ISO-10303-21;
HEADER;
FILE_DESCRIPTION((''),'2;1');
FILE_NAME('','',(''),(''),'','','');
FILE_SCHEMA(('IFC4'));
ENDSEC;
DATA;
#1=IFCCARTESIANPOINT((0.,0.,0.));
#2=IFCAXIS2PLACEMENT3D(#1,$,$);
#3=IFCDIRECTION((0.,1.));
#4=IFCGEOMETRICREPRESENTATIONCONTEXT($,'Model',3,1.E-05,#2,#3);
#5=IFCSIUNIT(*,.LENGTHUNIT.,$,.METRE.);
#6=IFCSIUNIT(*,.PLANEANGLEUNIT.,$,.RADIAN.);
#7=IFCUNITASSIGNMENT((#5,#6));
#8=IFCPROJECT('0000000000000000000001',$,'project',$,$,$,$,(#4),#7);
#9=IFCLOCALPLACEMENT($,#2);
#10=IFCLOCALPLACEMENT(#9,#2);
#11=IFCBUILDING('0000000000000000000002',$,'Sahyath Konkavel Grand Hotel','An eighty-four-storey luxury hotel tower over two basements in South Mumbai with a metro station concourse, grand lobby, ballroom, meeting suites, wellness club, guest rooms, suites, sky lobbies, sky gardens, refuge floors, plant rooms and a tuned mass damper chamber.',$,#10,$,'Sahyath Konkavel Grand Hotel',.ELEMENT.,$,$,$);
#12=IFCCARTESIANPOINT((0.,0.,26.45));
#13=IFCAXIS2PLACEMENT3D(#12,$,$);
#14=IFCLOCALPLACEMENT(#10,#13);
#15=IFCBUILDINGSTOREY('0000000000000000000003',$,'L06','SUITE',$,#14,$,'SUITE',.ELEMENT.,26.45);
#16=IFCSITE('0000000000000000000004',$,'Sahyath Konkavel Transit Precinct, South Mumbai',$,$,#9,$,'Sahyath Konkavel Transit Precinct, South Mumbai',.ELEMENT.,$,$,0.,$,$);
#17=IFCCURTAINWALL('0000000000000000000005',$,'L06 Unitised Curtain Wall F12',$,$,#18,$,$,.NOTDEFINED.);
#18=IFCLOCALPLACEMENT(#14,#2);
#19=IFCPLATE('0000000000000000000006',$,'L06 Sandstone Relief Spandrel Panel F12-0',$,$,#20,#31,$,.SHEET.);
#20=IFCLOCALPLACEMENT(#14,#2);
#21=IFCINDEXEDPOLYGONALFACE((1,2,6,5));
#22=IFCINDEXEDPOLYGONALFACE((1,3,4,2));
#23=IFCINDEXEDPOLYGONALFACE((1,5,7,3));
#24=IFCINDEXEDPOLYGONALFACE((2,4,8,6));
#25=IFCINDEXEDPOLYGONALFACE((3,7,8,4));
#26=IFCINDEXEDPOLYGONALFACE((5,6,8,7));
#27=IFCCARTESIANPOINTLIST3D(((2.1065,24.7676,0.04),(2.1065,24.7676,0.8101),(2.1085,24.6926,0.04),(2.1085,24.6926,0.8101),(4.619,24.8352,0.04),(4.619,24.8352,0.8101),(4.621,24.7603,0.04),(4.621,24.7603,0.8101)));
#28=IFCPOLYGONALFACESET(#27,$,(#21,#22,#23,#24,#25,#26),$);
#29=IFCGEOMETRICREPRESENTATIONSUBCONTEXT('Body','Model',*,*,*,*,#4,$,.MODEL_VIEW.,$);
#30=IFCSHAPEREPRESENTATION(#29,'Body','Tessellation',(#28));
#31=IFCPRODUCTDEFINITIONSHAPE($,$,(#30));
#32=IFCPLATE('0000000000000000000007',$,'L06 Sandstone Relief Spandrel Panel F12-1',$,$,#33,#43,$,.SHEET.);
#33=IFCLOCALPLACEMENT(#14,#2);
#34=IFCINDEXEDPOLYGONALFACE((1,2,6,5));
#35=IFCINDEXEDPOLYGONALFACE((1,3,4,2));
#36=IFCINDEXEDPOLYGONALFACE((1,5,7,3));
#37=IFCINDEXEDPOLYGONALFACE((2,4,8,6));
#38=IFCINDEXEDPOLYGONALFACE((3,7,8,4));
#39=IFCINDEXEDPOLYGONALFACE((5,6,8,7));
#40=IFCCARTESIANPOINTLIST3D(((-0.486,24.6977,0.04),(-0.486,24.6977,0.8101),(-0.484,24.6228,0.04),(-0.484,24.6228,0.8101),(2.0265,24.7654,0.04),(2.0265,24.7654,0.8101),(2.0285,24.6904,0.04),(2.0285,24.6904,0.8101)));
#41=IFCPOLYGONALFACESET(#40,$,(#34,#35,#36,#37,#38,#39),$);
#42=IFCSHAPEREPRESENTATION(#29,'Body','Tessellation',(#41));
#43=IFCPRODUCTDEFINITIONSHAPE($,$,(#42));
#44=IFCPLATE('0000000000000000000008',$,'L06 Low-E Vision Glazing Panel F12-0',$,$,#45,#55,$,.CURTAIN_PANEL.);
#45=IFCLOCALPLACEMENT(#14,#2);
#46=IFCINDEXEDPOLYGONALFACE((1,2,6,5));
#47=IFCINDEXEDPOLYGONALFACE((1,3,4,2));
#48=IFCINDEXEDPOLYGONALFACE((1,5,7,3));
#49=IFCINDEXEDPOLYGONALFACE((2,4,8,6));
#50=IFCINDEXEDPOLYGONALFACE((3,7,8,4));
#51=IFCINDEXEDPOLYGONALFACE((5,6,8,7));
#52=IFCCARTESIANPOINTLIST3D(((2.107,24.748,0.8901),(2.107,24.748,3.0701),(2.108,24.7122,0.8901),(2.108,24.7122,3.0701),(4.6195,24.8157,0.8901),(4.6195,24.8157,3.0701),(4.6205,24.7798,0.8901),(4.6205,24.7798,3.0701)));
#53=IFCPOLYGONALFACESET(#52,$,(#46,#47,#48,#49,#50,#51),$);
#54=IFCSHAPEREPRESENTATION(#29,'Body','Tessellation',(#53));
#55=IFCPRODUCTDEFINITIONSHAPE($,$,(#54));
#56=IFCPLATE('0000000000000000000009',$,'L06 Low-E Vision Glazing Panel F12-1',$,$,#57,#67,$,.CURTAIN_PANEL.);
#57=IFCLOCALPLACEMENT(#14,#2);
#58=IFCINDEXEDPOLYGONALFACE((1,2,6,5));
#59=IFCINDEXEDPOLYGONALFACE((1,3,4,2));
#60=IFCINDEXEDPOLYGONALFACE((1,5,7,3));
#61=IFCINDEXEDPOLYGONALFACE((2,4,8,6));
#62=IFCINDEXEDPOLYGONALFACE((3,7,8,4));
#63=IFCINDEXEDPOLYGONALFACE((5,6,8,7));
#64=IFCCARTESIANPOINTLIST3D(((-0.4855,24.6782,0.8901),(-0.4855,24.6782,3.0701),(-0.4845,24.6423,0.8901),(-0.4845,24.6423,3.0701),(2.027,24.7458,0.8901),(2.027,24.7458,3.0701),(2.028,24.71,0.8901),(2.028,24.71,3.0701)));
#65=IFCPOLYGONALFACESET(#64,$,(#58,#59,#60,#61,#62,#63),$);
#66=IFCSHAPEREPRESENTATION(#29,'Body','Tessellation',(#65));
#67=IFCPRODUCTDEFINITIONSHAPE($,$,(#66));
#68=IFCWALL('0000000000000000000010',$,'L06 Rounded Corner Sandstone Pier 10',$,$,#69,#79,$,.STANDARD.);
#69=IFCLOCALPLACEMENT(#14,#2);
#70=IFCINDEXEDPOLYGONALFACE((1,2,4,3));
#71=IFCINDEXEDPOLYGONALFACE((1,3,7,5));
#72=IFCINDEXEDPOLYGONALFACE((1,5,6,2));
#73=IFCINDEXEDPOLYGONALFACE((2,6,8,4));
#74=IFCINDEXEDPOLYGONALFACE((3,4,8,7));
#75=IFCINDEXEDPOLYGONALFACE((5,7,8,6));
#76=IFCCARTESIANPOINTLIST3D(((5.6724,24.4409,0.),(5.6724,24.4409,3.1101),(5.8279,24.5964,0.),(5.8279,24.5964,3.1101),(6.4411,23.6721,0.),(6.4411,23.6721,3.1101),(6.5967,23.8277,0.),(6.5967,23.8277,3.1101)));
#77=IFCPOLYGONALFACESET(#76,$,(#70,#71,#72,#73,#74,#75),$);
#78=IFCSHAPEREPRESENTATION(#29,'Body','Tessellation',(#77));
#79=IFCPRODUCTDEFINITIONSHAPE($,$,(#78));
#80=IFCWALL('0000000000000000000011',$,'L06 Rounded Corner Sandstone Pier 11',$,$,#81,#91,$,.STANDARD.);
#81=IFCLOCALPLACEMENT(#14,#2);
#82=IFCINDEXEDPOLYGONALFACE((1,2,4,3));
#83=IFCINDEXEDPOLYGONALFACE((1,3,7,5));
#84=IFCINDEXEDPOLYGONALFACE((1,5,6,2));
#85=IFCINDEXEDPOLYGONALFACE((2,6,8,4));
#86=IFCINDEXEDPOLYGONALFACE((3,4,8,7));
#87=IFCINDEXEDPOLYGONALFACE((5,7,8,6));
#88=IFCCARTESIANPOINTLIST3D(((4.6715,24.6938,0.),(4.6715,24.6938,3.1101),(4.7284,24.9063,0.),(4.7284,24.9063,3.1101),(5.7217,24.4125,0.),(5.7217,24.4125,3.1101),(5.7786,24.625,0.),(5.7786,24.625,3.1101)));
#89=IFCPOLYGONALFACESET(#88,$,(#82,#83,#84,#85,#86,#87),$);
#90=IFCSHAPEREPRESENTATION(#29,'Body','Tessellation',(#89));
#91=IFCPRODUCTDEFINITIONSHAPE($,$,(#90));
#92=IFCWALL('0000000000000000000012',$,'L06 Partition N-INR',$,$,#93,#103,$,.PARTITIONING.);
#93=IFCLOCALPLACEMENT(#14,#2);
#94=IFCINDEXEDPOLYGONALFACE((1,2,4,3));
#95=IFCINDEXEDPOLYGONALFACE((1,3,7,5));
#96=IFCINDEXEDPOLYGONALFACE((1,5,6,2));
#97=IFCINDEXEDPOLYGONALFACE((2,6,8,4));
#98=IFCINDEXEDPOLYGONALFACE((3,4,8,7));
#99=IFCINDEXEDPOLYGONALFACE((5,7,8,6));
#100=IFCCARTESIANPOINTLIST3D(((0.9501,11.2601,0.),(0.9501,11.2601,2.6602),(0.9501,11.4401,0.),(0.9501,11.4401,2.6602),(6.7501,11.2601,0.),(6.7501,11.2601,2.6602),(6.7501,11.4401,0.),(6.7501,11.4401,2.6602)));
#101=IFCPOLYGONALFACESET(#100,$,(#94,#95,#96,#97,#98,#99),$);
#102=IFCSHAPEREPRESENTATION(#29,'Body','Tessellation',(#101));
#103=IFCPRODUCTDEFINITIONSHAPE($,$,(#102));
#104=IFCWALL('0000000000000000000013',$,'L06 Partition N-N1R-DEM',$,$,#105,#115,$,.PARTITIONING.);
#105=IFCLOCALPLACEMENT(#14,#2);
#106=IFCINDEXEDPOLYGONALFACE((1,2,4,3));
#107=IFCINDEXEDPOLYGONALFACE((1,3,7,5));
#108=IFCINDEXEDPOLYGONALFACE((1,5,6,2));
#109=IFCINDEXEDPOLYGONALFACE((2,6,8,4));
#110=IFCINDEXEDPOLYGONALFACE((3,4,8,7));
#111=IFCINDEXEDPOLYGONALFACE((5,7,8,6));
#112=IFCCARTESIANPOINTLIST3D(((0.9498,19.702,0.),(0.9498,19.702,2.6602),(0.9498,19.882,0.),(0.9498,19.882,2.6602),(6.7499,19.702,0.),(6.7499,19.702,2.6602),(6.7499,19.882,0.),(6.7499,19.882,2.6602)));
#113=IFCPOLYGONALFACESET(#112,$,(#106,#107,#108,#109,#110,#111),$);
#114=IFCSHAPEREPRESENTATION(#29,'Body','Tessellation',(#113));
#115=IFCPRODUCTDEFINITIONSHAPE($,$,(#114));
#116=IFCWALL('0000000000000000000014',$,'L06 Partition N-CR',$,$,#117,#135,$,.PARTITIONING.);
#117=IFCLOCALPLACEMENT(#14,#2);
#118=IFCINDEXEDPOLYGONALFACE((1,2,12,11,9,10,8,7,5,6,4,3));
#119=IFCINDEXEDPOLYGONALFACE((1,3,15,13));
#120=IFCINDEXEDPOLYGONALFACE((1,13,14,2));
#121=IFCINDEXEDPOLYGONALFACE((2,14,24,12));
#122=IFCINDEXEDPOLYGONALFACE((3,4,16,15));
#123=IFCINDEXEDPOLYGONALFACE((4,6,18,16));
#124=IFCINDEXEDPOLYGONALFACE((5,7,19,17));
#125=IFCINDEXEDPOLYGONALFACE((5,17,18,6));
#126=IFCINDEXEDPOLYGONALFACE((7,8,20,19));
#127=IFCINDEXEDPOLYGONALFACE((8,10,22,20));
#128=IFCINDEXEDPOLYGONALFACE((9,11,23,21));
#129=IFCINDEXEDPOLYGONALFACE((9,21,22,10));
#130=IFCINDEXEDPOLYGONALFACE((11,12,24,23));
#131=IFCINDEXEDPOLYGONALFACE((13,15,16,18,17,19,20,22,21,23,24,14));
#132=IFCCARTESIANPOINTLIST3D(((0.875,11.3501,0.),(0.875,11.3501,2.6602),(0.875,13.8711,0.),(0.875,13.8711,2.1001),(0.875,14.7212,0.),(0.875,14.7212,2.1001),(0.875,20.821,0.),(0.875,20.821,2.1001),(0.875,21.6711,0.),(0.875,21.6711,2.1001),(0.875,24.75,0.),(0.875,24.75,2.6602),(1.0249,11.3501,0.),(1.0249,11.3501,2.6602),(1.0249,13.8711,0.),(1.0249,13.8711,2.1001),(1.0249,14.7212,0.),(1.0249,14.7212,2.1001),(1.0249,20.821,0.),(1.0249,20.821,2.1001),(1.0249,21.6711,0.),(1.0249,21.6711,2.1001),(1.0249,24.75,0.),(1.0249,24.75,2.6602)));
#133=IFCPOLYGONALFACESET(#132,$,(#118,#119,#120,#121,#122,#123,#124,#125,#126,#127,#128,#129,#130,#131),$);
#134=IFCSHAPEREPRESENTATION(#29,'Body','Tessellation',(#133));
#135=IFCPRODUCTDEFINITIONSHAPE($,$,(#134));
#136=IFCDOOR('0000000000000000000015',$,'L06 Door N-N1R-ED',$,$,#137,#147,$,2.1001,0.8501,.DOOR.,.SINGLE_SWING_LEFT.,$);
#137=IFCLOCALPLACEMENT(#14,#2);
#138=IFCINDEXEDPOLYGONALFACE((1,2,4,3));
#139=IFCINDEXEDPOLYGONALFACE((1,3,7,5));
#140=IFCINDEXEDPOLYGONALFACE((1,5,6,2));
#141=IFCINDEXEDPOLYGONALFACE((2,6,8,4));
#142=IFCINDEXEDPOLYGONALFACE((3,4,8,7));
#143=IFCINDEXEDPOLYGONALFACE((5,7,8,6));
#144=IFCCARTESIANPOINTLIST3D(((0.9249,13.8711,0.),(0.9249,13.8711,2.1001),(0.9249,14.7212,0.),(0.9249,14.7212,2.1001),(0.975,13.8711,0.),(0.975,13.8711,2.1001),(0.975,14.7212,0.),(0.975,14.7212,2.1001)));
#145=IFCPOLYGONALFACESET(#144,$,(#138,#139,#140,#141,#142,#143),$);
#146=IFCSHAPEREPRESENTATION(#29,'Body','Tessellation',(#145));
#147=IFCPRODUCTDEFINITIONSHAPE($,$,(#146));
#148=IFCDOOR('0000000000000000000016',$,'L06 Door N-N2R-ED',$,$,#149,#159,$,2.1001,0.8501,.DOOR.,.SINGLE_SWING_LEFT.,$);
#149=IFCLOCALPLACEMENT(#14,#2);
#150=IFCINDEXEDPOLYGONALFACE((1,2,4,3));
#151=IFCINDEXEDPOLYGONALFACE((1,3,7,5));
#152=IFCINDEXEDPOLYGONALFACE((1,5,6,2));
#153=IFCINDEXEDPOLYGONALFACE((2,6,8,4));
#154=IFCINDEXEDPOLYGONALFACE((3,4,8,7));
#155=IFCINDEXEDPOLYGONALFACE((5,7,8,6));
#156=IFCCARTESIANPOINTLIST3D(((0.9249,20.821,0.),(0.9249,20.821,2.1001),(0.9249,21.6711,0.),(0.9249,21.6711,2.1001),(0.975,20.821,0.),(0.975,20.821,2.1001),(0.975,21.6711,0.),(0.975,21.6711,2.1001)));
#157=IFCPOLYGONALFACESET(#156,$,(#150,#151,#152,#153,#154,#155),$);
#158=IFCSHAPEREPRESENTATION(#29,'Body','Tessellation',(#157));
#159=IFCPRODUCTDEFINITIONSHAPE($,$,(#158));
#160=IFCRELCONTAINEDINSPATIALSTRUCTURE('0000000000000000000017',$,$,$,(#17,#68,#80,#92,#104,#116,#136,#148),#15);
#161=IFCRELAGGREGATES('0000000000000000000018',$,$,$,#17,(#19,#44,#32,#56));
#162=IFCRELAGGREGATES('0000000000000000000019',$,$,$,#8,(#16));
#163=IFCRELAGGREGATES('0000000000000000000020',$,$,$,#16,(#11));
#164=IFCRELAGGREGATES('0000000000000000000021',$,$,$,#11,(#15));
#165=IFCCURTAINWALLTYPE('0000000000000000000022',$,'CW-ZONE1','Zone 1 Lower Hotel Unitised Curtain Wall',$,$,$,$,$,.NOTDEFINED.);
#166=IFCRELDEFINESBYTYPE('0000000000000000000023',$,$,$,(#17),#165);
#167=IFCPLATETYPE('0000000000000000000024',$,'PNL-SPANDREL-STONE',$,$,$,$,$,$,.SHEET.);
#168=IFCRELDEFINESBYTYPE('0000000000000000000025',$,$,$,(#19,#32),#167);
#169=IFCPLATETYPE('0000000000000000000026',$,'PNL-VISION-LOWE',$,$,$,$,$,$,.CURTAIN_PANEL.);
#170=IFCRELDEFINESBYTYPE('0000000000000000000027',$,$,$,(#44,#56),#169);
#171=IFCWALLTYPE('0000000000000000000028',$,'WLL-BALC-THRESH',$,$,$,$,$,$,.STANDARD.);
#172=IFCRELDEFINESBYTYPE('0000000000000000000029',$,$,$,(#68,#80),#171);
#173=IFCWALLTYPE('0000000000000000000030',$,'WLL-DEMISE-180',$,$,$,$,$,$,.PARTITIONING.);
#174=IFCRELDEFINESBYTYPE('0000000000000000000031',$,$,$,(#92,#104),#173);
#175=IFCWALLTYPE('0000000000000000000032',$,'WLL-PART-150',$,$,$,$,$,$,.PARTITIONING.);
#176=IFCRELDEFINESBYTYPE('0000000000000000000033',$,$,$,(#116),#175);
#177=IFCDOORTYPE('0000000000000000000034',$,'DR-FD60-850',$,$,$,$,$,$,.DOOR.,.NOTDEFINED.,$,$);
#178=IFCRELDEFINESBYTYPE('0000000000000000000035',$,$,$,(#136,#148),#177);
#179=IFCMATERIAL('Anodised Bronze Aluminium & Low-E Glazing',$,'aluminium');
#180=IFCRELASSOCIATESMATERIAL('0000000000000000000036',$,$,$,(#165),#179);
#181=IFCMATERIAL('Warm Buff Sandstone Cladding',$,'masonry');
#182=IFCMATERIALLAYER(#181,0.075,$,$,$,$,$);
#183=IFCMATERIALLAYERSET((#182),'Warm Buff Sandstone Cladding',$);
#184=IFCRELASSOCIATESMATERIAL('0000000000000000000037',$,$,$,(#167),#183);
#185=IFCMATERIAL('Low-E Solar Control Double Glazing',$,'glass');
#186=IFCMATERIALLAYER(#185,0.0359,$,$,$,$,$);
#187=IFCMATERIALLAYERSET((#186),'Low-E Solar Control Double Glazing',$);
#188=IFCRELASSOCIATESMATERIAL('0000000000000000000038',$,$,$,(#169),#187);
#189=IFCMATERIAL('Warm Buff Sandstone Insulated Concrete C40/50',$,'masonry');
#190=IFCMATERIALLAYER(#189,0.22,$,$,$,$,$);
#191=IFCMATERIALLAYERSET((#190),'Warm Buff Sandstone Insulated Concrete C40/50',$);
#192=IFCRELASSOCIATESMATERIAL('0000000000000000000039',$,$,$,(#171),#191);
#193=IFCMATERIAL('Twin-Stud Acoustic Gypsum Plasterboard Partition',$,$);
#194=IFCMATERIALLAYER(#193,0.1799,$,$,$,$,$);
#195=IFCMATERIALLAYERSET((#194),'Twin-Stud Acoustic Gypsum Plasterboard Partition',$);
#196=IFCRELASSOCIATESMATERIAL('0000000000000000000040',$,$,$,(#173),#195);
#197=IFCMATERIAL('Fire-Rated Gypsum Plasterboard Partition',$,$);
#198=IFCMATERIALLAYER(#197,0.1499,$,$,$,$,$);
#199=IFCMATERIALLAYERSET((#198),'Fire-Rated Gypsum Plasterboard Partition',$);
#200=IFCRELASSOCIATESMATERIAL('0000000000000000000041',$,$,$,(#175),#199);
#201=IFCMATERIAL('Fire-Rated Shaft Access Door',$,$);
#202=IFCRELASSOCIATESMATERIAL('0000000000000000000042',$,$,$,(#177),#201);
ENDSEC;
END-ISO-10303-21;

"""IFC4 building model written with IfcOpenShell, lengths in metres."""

from ifc_helpers import new_model, si_unit, direction, frame, frame_2d, origin, origin_2d, place, context, subcontext, project, spatial, rectangle, extrude, source, transform, mapped, material, layer, layer_set, type_object, element, fill, aggregate, save


model = new_model("IFC4")

# Units and contexts
model_context = context("Model", 3, precision=1e-05, world=origin(), true_north=direction((0.0, 1.0)))
body_context = subcontext(model_context, "Body", "Model", "MODEL_VIEW")
ifc_project = project(units=[si_unit("LENGTHUNIT", "METRE"), si_unit("PLANEANGLEUNIT", "RADIAN")], contexts=[model_context])

# Site, building, storey
site_placement = place(None, origin())
site = spatial("IfcSite", under=ifc_project, at=site_placement, Name="Sahyath Konkavel Transit Precinct, South Mumbai", LongName="Sahyath Konkavel Transit Precinct, South Mumbai", CompositionType="ELEMENT", RefElevation=0.0)
building_placement = place(site_placement, origin())
building = spatial("IfcBuilding", under=site, at=building_placement, Name="Sahyath Konkavel Grand Hotel", Description="An eighty-four-storey luxury hotel tower over two basements in South Mumbai with a metro station concourse, grand lobby, ballroom, meeting suites, wellness club, guest rooms, suites, sky lobbies, sky gardens, refuge floors, plant rooms and a tuned mass damper chamber.", LongName="Sahyath Konkavel Grand Hotel", CompositionType="ELEMENT")
storey_placement = place(building_placement, frame((0.0, 0.0, 26.45)))
storey = spatial("IfcBuildingStorey", under=building, at=storey_placement, Name="L06", Description="SUITE", LongName="SUITE", CompositionType="ELEMENT", Elevation=26.45)

# Curtain wall, plates
ifc_material_1 = material(Name="Anodised Bronze Aluminium & Low-E Glazing", Category="aluminium")
curtain_wall_type = type_object("IfcCurtainWallType", Name="CW-ZONE1", Description="Zone 1 Lower Hotel Unitised Curtain Wall", PredefinedType="NOTDEFINED", material=ifc_material_1)
curtain_wall_placement = place(storey_placement, origin())
curtain_wall = element("IfcCurtainWall", 1, at=curtain_wall_placement, inside=storey, type_object=curtain_wall_type, Name="L06 Unitised Curtain Wall F12", PredefinedType="NOTDEFINED")
ifc_material_2 = material(Name="Warm Buff Sandstone Cladding", Category="masonry")
ifc_layer_1 = layer(ifc_material_2, 0.075)
ifc_layer_set_1 = layer_set([ifc_layer_1], Name="Warm Buff Sandstone Cladding")
plate_type_1 = type_object("IfcPlateType", Name="PNL-SPANDREL-STONE", PredefinedType="SHEET", material=ifc_layer_set_1)
shared_shape_1 = source(origin(), body_context, "Body", "SweptSolid", [
    extrude(rectangle(XDim=2.5134, YDim=0.075, at=origin_2d()), origin(), (0.0, 0.0, 1.0), 0.77),
])
plate_1_placement = place(storey_placement, frame((3.3638, 24.7639, 0.04), z_axis=(0.0, 0.0, 1.0), x_axis=(-0.999638, -0.02691, 0.0)))
plate_1 = element("IfcPlate", 2, at=plate_1_placement, type_object=plate_type_1, Name="L06 Sandstone Relief Spandrel Panel F12-0", PredefinedType="SHEET", context=body_context, shape_type="MappedRepresentation", body=[
    mapped(shared_shape_1, transform((0.0, 0.0, 0.0), scale=1.0)),
])
plate_2_placement = place(storey_placement, frame((0.7712, 24.6941, 0.04), z_axis=(0.0, 0.0, 1.0), x_axis=(-0.999638, -0.02691, 0.0)))
plate_2 = element("IfcPlate", 3, at=plate_2_placement, type_object=plate_type_1, Name="L06 Sandstone Relief Spandrel Panel F12-1", PredefinedType="SHEET", context=body_context, shape_type="MappedRepresentation", body=[
    mapped(shared_shape_1, transform((0.0, 0.0, 0.0), scale=1.0)),
])
ifc_material_3 = material(Name="Low-E Solar Control Double Glazing", Category="glass")
ifc_layer_2 = layer(ifc_material_3, 0.0359)
ifc_layer_set_2 = layer_set([ifc_layer_2], Name="Low-E Solar Control Double Glazing")
plate_type_2 = type_object("IfcPlateType", Name="PNL-VISION-LOWE", PredefinedType="CURTAIN_PANEL", material=ifc_layer_set_2)
shared_shape_2 = source(origin(), body_context, "Body", "SweptSolid", [
    extrude(rectangle(XDim=2.5134, YDim=0.0359, at=origin_2d()), origin(), (0.0, 0.0, 1.0), 2.1799),
])
plate_3_placement = place(storey_placement, frame((3.3638, 24.7639, 0.8901), z_axis=(0.0, 0.0, 1.0), x_axis=(-0.999638, -0.02691, 0.0)))
plate_3 = element("IfcPlate", 4, at=plate_3_placement, type_object=plate_type_2, Name="L06 Low-E Vision Glazing Panel F12-0", PredefinedType="CURTAIN_PANEL", context=body_context, shape_type="MappedRepresentation", body=[
    mapped(shared_shape_2, transform((0.0, 0.0, 0.0), scale=1.0)),
])
plate_4_placement = place(storey_placement, frame((0.7712, 24.6941, 0.8901), z_axis=(0.0, 0.0, 1.0), x_axis=(-0.999638, -0.02691, 0.0)))
plate_4 = element("IfcPlate", 5, at=plate_4_placement, type_object=plate_type_2, Name="L06 Low-E Vision Glazing Panel F12-1", PredefinedType="CURTAIN_PANEL", context=body_context, shape_type="MappedRepresentation", body=[
    mapped(shared_shape_2, transform((0.0, 0.0, 0.0), scale=1.0)),
])
aggregate(curtain_wall, [plate_1, plate_3, plate_2, plate_4])

# Walls
ifc_material_4 = material(Name="Warm Buff Sandstone Insulated Concrete C40/50", Category="masonry")
ifc_layer_3 = layer(ifc_material_4, 0.22)
ifc_layer_set_3 = layer_set([ifc_layer_3], Name="Warm Buff Sandstone Insulated Concrete C40/50")
wall_type_1 = type_object("IfcWallType", Name="WLL-BALC-THRESH", PredefinedType="STANDARD", material=ifc_layer_set_3)
for number, where, z_axis, x_axis, name in (
    (6, (6.5188, 23.75, 0.0), (0.0, 0.0, 1.0), (-0.707107, 0.707107, 0.0), "L06 Rounded Corner Sandstone Pier 10"),
    (7, (5.75, 24.5188, 0.0), (0.0, 0.0, 1.0), (-0.965951, 0.258725, 0.0), "L06 Rounded Corner Sandstone Pier 11"),
):
    element("IfcWall", number, at=place(storey_placement, frame(where, z_axis=z_axis, x_axis=x_axis)), inside=storey, type_object=wall_type_1, Name=name, PredefinedType="STANDARD", context=body_context, shape_type="SweptSolid", body=[
        extrude(rectangle(XDim=1.0872, YDim=0.22, at=frame_2d((0.5435, 0.0))), origin(), (0.0, 0.0, 1.0), 3.1101),
    ])
ifc_material_5 = material(Name="Twin-Stud Acoustic Gypsum Plasterboard Partition")
ifc_layer_4 = layer(ifc_material_5, 0.1799)
ifc_layer_set_4 = layer_set([ifc_layer_4], Name="Twin-Stud Acoustic Gypsum Plasterboard Partition")
wall_type_2 = type_object("IfcWallType", Name="WLL-DEMISE-180", PredefinedType="PARTITIONING", material=ifc_layer_set_4)
for number, where, z_axis, x_axis, name in (
    (8, (6.75, 11.3501, 0.0), (0.0, 0.0, 1.0), (-1.0, 0.0, 0.0), "L06 Partition N-INR"),
    (9, (0.95, 19.792, 0.0), (0.0, 0.0, 1.0), (1.0, 0.0, 0.0), "L06 Partition N-N1R-DEM"),
):
    element("IfcWall", number, at=place(storey_placement, frame(where, z_axis=z_axis, x_axis=x_axis)), inside=storey, type_object=wall_type_2, Name=name, PredefinedType="PARTITIONING", context=body_context, shape_type="SweptSolid", body=[
        extrude(rectangle(XDim=5.8, YDim=0.1799, at=frame_2d((2.8999, 0.0))), origin(), (0.0, 0.0, 1.0), 2.6602),
    ])

# Wall, openings, doors
ifc_material_6 = material(Name="Fire-Rated Gypsum Plasterboard Partition")
ifc_layer_5 = layer(ifc_material_6, 0.1499)
ifc_layer_set_5 = layer_set([ifc_layer_5], Name="Fire-Rated Gypsum Plasterboard Partition")
wall_type_3 = type_object("IfcWallType", Name="WLL-PART-150", PredefinedType="PARTITIONING", material=ifc_layer_set_5)
wall_1_placement = place(storey_placement, frame((0.95, 11.3501, 0.0), z_axis=(0.0, 0.0, 1.0), x_axis=(0.0, 1.0, 0.0)))
wall_1 = element("IfcWall", 10, at=wall_1_placement, inside=storey, type_object=wall_type_3, Name="L06 Partition N-CR", PredefinedType="PARTITIONING", context=body_context, shape_type="SweptSolid", body=[
    extrude(rectangle(XDim=13.3999, YDim=0.1499, at=frame_2d((6.7, 0.0))), origin(), (0.0, 0.0, 1.0), 2.6602),
])
opening_1_placement = place(wall_1_placement, frame((2.521, 0.0, 0.0)))
opening_1 = element("IfcOpeningElement", 11, at=opening_1_placement, cuts=wall_1, PredefinedType="OPENING", context=body_context, shape_type="SweptSolid", body=[
    extrude(rectangle(XDim=0.8501, YDim=2.1001, at=frame_2d((0.425, 1.05))), frame((0.0, 0.085, 0.0), z_axis=(0.0, -1.0, 0.0), x_axis=(1.0, 0.0, 0.0)), (0.0, 0.0, 1.0), 0.1699),
])
opening_2_placement = place(wall_1_placement, frame((9.4709, 0.0, 0.0)))
opening_2 = element("IfcOpeningElement", 12, at=opening_2_placement, cuts=wall_1, PredefinedType="OPENING", context=body_context, shape_type="SweptSolid", body=[
    extrude(rectangle(XDim=0.8501, YDim=2.1001, at=frame_2d((0.425, 1.05))), frame((0.0, 0.085, 0.0), z_axis=(0.0, -1.0, 0.0), x_axis=(1.0, 0.0, 0.0)), (0.0, 0.0, 1.0), 0.1699),
])
ifc_material_7 = material(Name="Fire-Rated Shaft Access Door")
door_type_1 = type_object("IfcDoorType", Name="DR-FD60-850", OperationType="NOTDEFINED", PredefinedType="DOOR", material=ifc_material_7)
shared_shape_3 = source(origin(), body_context, "Body", "SweptSolid", [
    extrude(rectangle(XDim=0.8501, YDim=0.05, at=origin_2d()), origin(), (0.0, 0.0, 1.0), 2.1001),
])
door_1_placement = place(opening_1_placement, frame((0.425, 0.0, 0.0)))
door_1 = element("IfcDoor", 13, at=door_1_placement, inside=storey, type_object=door_type_1, Name="L06 Door N-N1R-ED", OperationType="SINGLE_SWING_LEFT", OverallHeight=2.1001, OverallWidth=0.8501, PredefinedType="DOOR", context=body_context, shape_type="MappedRepresentation", body=[
    mapped(shared_shape_3, transform((0.0, 0.0, 0.0), scale=1.0)),
])
fill(opening_1, door_1)
door_2_placement = place(opening_2_placement, frame((0.425, 0.0, 0.0)))
door_2 = element("IfcDoor", 14, at=door_2_placement, inside=storey, type_object=door_type_1, Name="L06 Door N-N2R-ED", OperationType="SINGLE_SWING_LEFT", OverallHeight=2.1001, OverallWidth=0.8501, PredefinedType="DOOR", context=body_context, shape_type="MappedRepresentation", body=[
    mapped(shared_shape_3, transform((0.0, 0.0, 0.0), scale=1.0)),
])
fill(opening_2, door_2)

save(model, "model.ifc")
